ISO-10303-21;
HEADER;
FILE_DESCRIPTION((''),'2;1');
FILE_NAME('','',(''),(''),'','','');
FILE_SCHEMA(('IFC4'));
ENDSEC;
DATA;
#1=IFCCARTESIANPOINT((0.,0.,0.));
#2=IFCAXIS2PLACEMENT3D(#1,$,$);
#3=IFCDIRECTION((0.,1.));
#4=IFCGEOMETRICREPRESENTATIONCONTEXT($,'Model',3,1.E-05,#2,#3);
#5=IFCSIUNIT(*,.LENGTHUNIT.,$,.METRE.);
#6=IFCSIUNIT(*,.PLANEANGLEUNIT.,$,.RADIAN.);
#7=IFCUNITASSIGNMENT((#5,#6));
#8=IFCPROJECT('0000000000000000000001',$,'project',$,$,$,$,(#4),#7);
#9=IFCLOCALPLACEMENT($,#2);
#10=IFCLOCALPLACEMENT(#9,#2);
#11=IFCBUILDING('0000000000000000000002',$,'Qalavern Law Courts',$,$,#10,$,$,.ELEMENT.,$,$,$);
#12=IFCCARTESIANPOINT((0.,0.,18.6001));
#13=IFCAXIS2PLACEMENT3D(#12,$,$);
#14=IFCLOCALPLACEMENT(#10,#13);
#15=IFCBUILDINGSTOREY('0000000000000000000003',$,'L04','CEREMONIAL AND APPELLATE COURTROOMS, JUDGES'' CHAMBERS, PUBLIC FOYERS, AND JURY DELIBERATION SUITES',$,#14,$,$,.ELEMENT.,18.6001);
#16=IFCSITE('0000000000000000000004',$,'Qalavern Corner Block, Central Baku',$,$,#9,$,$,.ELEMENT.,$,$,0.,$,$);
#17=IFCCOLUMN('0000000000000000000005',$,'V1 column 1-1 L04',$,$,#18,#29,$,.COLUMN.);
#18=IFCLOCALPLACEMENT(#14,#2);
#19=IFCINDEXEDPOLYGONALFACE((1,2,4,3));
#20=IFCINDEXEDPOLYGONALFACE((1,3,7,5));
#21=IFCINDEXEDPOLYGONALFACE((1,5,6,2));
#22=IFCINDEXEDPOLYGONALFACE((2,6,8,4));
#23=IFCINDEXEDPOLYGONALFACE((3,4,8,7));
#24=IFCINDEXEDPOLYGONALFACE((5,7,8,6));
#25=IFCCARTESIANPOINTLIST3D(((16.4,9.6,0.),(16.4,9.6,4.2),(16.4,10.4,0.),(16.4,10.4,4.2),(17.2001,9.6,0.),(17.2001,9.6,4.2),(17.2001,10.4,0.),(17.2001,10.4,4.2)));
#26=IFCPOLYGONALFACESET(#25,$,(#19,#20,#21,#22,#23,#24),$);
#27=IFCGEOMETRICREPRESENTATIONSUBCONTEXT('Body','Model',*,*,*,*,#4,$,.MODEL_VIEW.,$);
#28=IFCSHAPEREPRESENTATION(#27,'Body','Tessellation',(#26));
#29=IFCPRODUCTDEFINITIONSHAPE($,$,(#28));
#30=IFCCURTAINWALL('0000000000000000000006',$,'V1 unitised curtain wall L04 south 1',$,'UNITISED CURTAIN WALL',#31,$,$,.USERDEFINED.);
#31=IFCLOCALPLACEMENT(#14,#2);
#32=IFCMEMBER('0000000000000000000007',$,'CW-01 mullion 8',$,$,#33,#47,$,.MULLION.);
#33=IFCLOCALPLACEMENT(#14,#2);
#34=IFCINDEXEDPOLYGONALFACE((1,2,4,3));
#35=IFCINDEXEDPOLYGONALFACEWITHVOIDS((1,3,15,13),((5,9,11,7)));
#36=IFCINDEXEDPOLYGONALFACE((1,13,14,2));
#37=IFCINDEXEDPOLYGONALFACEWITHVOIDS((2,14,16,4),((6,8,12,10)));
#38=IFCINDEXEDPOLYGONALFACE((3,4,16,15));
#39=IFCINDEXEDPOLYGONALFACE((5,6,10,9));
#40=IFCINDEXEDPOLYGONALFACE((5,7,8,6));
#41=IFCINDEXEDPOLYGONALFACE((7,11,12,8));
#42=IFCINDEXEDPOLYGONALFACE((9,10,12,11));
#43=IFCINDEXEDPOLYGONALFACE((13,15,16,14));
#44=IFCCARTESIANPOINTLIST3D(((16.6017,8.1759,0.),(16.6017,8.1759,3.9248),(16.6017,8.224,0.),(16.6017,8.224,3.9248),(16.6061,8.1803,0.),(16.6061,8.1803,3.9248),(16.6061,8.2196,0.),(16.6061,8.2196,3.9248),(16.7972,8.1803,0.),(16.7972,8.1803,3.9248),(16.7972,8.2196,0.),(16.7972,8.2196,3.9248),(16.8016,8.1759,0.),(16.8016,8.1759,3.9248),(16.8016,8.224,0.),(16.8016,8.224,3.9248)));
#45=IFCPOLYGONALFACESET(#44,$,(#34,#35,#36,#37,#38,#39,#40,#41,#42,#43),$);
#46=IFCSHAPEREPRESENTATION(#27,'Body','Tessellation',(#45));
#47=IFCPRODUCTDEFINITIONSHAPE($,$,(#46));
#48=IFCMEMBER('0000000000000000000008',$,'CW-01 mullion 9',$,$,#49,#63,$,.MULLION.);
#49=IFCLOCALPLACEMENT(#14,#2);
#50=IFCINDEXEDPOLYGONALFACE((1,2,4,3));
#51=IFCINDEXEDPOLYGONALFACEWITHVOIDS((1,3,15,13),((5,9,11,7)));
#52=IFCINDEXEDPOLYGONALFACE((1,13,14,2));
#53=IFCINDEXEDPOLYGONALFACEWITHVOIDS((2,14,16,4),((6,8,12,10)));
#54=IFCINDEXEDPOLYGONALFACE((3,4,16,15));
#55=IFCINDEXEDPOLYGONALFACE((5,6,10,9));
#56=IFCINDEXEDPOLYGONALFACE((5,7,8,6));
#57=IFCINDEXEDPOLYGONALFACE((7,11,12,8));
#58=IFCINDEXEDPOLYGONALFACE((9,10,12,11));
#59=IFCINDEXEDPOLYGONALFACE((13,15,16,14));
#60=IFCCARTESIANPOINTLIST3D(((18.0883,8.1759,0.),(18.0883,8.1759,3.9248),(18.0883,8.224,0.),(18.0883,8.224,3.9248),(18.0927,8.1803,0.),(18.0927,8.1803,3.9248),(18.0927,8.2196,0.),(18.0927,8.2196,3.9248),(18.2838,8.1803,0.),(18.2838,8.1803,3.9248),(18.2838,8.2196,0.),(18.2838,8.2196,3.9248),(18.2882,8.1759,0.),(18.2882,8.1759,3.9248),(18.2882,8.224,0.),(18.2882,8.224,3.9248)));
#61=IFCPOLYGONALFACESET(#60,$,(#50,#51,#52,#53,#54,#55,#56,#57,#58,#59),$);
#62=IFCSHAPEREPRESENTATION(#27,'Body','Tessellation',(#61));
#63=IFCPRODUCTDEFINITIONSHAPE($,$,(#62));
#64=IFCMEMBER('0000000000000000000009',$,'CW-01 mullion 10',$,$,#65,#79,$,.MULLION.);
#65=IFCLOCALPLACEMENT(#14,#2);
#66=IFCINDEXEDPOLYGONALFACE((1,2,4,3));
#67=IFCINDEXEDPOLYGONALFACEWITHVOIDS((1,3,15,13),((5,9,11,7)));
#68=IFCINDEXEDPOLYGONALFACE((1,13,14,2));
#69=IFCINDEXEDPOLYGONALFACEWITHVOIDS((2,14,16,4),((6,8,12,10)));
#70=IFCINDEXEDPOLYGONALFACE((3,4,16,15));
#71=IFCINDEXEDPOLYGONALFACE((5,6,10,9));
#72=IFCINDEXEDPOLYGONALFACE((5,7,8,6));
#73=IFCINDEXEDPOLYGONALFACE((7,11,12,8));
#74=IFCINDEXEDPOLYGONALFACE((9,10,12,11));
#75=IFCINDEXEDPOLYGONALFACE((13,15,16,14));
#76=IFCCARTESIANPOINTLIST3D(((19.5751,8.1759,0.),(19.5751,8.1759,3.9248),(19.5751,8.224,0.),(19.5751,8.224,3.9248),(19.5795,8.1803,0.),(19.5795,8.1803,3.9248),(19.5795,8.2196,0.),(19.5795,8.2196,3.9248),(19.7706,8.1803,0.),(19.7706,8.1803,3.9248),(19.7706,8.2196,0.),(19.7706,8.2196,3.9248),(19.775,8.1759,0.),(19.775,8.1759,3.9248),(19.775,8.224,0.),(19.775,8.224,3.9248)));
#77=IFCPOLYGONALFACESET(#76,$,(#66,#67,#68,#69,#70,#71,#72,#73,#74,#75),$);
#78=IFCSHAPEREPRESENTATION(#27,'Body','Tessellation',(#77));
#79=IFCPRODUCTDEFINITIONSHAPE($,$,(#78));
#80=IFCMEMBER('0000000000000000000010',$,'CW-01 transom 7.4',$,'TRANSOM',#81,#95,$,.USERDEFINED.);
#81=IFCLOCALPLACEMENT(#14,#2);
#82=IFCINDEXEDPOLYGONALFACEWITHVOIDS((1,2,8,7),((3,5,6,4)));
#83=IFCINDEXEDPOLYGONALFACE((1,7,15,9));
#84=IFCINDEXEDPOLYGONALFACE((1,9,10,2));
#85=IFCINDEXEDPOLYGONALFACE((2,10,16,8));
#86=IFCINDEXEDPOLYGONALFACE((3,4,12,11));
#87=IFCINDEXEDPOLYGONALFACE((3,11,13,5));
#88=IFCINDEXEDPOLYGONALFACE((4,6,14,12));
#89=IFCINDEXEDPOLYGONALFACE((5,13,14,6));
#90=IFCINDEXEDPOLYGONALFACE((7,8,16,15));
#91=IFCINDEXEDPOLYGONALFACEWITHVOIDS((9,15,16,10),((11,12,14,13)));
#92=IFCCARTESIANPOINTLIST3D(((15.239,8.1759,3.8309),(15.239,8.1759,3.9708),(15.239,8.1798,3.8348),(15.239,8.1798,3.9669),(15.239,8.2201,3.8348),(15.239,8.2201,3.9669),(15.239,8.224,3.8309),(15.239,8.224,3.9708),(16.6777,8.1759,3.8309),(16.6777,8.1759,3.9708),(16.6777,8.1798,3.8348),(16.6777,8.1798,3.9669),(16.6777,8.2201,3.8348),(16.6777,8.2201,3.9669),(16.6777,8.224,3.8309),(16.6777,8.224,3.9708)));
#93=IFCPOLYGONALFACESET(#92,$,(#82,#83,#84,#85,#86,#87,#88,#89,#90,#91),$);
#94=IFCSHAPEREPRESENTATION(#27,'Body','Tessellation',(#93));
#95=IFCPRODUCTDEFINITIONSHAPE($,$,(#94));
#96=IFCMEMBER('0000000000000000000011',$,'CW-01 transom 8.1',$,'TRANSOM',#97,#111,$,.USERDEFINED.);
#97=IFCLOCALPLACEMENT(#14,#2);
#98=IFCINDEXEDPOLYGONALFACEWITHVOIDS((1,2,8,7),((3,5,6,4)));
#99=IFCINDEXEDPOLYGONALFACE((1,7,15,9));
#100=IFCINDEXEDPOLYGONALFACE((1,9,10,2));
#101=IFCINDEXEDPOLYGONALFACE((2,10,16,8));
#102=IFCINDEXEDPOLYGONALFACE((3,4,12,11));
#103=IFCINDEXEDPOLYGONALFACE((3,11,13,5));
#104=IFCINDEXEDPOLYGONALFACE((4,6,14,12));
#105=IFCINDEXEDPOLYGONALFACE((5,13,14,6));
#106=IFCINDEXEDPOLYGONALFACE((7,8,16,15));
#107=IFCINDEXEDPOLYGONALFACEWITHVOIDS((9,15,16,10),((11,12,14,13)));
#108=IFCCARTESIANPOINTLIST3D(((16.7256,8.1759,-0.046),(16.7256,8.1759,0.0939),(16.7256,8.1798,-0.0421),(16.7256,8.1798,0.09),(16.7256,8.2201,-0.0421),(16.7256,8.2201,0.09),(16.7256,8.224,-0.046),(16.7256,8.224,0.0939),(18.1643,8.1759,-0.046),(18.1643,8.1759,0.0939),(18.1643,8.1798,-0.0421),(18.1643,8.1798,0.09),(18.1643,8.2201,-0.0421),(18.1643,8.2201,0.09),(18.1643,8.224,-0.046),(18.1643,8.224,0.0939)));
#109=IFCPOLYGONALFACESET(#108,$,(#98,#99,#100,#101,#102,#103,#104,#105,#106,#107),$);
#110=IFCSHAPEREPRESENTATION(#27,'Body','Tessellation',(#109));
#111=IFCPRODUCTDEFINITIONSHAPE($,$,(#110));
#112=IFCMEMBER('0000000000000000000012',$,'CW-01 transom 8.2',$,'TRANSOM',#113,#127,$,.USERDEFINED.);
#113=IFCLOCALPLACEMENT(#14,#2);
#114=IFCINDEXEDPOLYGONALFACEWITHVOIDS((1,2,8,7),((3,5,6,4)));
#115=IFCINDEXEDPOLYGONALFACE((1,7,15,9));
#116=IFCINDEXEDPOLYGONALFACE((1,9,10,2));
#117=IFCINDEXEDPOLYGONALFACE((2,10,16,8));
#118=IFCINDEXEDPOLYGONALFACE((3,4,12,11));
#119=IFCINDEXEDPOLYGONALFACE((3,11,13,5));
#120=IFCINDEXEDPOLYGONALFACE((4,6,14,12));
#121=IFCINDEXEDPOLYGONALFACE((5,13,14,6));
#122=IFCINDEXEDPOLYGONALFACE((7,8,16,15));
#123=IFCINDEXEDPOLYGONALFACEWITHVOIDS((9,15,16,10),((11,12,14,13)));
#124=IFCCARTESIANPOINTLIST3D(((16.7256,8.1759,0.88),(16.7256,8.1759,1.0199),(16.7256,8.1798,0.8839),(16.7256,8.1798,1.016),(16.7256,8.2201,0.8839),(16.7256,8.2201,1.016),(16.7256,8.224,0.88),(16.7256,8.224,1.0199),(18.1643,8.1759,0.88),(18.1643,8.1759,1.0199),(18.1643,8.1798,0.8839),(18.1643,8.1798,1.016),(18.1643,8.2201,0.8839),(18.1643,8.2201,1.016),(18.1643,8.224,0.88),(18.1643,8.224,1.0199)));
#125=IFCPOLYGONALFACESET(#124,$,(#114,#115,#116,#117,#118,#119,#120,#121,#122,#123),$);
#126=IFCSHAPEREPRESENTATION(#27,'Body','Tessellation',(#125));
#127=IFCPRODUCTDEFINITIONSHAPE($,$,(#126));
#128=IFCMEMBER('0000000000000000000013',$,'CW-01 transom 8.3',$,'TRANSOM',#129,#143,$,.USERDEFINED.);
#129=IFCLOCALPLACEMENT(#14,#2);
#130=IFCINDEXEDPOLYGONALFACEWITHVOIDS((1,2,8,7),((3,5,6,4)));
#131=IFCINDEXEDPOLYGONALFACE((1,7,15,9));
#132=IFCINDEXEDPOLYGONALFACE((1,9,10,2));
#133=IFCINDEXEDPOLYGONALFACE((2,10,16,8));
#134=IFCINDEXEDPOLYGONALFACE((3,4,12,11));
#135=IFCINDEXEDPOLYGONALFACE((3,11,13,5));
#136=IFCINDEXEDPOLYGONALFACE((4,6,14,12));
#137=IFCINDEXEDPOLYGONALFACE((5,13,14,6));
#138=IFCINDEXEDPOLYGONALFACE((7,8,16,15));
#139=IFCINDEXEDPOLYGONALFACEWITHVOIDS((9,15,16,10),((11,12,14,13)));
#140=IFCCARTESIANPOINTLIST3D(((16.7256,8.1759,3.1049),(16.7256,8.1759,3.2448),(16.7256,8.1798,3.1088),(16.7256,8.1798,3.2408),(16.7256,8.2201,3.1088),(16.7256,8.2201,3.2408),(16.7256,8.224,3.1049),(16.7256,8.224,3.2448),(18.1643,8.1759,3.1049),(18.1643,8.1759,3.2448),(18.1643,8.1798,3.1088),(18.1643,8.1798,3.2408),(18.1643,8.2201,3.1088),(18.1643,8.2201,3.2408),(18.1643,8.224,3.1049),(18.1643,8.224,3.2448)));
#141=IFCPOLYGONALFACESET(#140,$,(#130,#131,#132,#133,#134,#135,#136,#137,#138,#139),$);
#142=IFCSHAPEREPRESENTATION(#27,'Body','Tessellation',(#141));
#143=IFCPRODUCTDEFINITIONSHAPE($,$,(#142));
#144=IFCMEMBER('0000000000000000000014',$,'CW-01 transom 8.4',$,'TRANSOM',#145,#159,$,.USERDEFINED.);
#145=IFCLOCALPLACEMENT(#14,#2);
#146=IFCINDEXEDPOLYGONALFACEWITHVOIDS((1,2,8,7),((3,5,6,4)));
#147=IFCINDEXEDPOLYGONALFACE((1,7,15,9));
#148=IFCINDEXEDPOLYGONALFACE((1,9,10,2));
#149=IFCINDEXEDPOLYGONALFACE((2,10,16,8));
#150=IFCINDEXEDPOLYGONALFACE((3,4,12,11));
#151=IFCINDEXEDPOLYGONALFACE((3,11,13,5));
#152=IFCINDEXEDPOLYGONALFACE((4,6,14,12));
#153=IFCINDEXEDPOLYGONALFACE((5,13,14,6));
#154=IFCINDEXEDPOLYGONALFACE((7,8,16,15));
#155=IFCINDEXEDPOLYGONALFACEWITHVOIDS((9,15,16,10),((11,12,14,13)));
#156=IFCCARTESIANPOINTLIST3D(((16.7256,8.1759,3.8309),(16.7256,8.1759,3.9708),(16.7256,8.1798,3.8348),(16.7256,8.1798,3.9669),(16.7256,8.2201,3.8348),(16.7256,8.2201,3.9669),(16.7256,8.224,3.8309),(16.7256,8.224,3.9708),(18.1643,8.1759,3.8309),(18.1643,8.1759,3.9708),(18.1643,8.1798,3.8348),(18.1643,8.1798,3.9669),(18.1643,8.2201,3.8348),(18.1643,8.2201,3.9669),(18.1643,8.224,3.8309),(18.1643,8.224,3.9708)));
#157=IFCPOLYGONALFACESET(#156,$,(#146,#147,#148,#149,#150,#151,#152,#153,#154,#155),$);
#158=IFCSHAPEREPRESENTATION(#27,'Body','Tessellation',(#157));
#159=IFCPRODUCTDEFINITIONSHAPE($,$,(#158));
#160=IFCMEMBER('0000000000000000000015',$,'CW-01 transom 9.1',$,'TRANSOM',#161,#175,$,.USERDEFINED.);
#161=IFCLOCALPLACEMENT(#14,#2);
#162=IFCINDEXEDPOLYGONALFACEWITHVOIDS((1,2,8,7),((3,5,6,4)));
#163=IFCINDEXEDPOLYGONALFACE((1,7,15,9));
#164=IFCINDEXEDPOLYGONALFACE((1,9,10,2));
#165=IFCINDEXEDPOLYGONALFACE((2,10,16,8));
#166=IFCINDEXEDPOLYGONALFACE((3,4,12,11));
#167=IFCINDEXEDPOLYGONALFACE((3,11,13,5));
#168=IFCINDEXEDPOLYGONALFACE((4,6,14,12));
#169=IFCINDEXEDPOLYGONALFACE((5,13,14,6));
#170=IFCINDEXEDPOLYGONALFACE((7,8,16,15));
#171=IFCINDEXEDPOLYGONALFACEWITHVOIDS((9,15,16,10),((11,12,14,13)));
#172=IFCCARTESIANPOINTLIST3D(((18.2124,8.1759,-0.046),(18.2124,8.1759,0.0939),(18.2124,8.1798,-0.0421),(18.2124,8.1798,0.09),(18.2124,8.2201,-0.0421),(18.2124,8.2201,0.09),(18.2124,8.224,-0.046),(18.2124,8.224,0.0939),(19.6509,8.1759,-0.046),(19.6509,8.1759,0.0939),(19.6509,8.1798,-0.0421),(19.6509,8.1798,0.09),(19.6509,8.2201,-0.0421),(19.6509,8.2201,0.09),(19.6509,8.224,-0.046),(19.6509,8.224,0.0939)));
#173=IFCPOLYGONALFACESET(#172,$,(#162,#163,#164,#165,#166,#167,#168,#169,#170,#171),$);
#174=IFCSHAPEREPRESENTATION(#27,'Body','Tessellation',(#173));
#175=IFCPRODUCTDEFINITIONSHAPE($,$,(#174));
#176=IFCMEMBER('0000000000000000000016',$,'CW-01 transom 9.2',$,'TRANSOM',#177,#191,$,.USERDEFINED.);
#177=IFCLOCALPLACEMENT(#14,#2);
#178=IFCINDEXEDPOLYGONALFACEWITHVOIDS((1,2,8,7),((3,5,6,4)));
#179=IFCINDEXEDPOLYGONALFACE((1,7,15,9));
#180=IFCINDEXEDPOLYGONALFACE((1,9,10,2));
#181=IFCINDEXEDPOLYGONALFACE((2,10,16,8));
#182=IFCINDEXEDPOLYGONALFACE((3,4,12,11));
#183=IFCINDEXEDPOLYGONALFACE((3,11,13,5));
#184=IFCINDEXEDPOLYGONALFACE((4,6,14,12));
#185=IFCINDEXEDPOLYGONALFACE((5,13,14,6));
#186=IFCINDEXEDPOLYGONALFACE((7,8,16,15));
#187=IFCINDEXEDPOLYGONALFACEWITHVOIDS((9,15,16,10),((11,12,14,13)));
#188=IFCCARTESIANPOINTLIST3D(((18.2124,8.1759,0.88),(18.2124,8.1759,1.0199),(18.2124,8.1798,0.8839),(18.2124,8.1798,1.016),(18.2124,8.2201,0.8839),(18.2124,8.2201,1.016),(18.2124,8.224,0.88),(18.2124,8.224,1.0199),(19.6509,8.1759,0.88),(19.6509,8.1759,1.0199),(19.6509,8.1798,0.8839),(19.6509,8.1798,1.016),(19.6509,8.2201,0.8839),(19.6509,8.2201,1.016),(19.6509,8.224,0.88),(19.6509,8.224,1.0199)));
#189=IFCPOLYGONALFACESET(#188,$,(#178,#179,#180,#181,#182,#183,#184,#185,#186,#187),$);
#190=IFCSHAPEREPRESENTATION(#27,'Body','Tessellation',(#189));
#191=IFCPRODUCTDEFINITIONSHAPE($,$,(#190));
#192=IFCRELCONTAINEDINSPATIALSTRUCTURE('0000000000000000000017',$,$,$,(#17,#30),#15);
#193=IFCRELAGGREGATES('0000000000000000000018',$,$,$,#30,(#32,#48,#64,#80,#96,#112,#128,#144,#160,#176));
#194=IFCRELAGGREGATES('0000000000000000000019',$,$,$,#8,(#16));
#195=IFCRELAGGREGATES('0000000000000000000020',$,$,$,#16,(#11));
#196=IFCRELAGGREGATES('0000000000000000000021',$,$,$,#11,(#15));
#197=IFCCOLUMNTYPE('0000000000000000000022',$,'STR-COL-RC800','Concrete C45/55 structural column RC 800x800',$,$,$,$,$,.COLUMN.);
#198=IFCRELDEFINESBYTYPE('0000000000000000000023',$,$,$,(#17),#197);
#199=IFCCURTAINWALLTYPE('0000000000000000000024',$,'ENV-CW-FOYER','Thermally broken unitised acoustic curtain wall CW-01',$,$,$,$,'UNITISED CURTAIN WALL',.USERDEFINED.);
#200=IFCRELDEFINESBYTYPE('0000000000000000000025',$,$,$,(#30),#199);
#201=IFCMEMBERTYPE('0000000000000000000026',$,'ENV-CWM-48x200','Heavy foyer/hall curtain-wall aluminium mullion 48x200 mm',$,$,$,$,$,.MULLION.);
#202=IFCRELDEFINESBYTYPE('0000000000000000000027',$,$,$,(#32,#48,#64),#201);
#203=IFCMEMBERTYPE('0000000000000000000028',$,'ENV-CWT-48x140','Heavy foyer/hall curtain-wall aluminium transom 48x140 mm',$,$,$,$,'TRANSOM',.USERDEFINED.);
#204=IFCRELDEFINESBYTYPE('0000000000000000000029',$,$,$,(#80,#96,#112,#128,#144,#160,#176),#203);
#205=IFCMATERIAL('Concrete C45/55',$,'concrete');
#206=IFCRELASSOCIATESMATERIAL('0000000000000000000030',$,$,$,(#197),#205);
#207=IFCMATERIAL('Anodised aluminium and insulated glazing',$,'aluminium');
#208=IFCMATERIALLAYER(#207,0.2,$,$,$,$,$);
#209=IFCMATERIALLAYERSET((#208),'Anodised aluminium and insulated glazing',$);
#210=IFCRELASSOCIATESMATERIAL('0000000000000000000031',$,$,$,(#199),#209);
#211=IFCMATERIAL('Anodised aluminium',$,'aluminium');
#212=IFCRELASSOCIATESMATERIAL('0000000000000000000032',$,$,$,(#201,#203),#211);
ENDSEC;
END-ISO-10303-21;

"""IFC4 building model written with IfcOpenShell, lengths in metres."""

from ifc_helpers import new_model, si_unit, direction, frame, origin, origin_2d, place, context, subcontext, project, spatial, rectangle, hollow_rectangle, extrude, material, layer, layer_set, material_profile, profile_set, type_object, element, aggregate, save


model = new_model("IFC4")

# Units and contexts
model_context = context("Model", 3, precision=1e-05, world=origin(), true_north=direction((0.0, 1.0)))
body_context = subcontext(model_context, "Body", "Model", "MODEL_VIEW")
ifc_project = project(units=[si_unit("LENGTHUNIT", "METRE"), si_unit("PLANEANGLEUNIT", "RADIAN")], contexts=[model_context])

# Site, building, storey
site_placement = place(None, origin())
site = spatial("IfcSite", under=ifc_project, at=site_placement, Name="Qalavern Corner Block, Central Baku", CompositionType="ELEMENT", RefElevation=0.0)
building_placement = place(site_placement, origin())
building = spatial("IfcBuilding", under=site, at=building_placement, Name="Qalavern Law Courts", CompositionType="ELEMENT")
storey_placement = place(building_placement, frame((0.0, 0.0, 18.6001)))
storey = spatial("IfcBuildingStorey", under=building, at=storey_placement, Name="L04", Description="CEREMONIAL AND APPELLATE COURTROOMS, JUDGES' CHAMBERS, PUBLIC FOYERS, AND JURY DELIBERATION SUITES", CompositionType="ELEMENT", Elevation=18.6001)

# Column
ifc_material_1 = material(Name="Concrete C45/55", Category="concrete")
ifc_material_profile_1 = material_profile(ifc_material_1, rectangle(XDim=0.8, YDim=0.8, at=origin_2d()), Name="RC 800x800")
ifc_profile_set_1 = profile_set([ifc_material_profile_1], Name="Concrete C45/55")
column_type = type_object("IfcColumnType", Name="STR-COL-RC800", Description="Concrete C45/55 structural column RC 800x800", PredefinedType="COLUMN", material=ifc_profile_set_1)
column_placement = place(storey_placement, frame((16.8, 10.0, 0.0), z_axis=(0.0, 0.0, 1.0), x_axis=(1.0, 0.0, 0.0)))
element("IfcColumn", 1, at=column_placement, inside=storey, type_object=column_type, Name="V1 column 1-1 L04", PredefinedType="COLUMN", context=body_context, shape_type="SweptSolid", body=[
    extrude(rectangle(XDim=0.8, YDim=0.8, at=origin_2d()), origin(), (0.0, 0.0, 1.0), 4.2),
])

# Curtain wall, members
ifc_material_2 = material(Name="Anodised aluminium and insulated glazing", Category="aluminium")
ifc_layer_1 = layer(ifc_material_2, 0.2)
ifc_layer_set_1 = layer_set([ifc_layer_1], Name="Anodised aluminium and insulated glazing")
curtain_wall_type = type_object("IfcCurtainWallType", Name="ENV-CW-FOYER", Description="Thermally broken unitised acoustic curtain wall CW-01", ElementType="UNITISED CURTAIN WALL", PredefinedType="USERDEFINED", material=ifc_layer_set_1)
curtain_wall_placement = place(storey_placement, origin())
curtain_wall = element("IfcCurtainWall", 2, at=curtain_wall_placement, inside=storey, type_object=curtain_wall_type, Name="V1 unitised curtain wall L04 south 1", ObjectType="UNITISED CURTAIN WALL", PredefinedType="USERDEFINED")
ifc_material_3 = material(Name="Anodised aluminium", Category="aluminium")
ifc_material_profile_2 = material_profile(ifc_material_3, hollow_rectangle(XDim=0.0481, YDim=0.2, WallThickness=0.0044, at=origin_2d()), Name="ALU MULLION 48x200")
ifc_profile_set_2 = profile_set([ifc_material_profile_2], Name="Anodised aluminium")
member_type_1 = type_object("IfcMemberType", Name="ENV-CWM-48x200", Description="Heavy foyer/hall curtain-wall aluminium mullion 48x200 mm", PredefinedType="MULLION", material=ifc_profile_set_2)
member_1_placement = place(storey_placement, frame((16.7017, 8.2, 0.0), z_axis=(0.0, 0.0, 1.0), x_axis=(0.0, 1.0, 0.0)))
member_1 = element("IfcMember", 3, at=member_1_placement, type_object=member_type_1, Name="CW-01 mullion 8", PredefinedType="MULLION", context=body_context, shape_type="SweptSolid", body=[
    extrude(hollow_rectangle(XDim=0.0481, YDim=0.2, WallThickness=0.0044, at=origin_2d()), origin(), (0.0, 0.0, 1.0), 3.9248),
])
member_2_placement = place(storey_placement, frame((18.1882, 8.2, 0.0), z_axis=(0.0, 0.0, 1.0), x_axis=(0.0, 1.0, 0.0)))
member_2 = element("IfcMember", 4, at=member_2_placement, type_object=member_type_1, Name="CW-01 mullion 9", PredefinedType="MULLION", context=body_context, shape_type="SweptSolid", body=[
    extrude(hollow_rectangle(XDim=0.0481, YDim=0.2, WallThickness=0.0044, at=origin_2d()), origin(), (0.0, 0.0, 1.0), 3.9248),
])
member_3_placement = place(storey_placement, frame((19.675, 8.2, 0.0), z_axis=(0.0, 0.0, 1.0), x_axis=(0.0, 1.0, 0.0)))
member_3 = element("IfcMember", 5, at=member_3_placement, type_object=member_type_1, Name="CW-01 mullion 10", PredefinedType="MULLION", context=body_context, shape_type="SweptSolid", body=[
    extrude(hollow_rectangle(XDim=0.0481, YDim=0.2, WallThickness=0.0044, at=origin_2d()), origin(), (0.0, 0.0, 1.0), 3.9248),
])
ifc_material_profile_3 = material_profile(ifc_material_3, hollow_rectangle(XDim=0.0481, YDim=0.1399, WallThickness=0.0039, at=origin_2d()), Name="ALU TRANSOM 48x140")
ifc_profile_set_3 = profile_set([ifc_material_profile_3], Name="Anodised aluminium")
member_type_2 = type_object("IfcMemberType", Name="ENV-CWT-48x140", Description="Heavy foyer/hall curtain-wall aluminium transom 48x140 mm", ElementType="TRANSOM", PredefinedType="USERDEFINED", material=ifc_profile_set_3)
member_4_placement = place(storey_placement, frame((15.239, 8.2, 3.9009), z_axis=(1.0, 0.0, 0.0), x_axis=(0.0, 1.0, 0.0)))
member_4 = element("IfcMember", 6, at=member_4_placement, type_object=member_type_2, Name="CW-01 transom 7.4", ObjectType="TRANSOM", PredefinedType="USERDEFINED", context=body_context, shape_type="SweptSolid", body=[
    extrude(hollow_rectangle(XDim=0.0481, YDim=0.1399, WallThickness=0.0039, at=origin_2d()), origin(), (0.0, 0.0, 1.0), 1.4387),
])
member_5_placement = place(storey_placement, frame((16.7256, 8.2, 0.0239), z_axis=(1.0, 0.0, 0.0), x_axis=(0.0, 1.0, 0.0)))
member_5 = element("IfcMember", 7, at=member_5_placement, type_object=member_type_2, Name="CW-01 transom 8.1", ObjectType="TRANSOM", PredefinedType="USERDEFINED", context=body_context, shape_type="SweptSolid", body=[
    extrude(hollow_rectangle(XDim=0.0481, YDim=0.1399, WallThickness=0.0039, at=origin_2d()), origin(), (0.0, 0.0, 1.0), 1.4387),
])
member_6_placement = place(storey_placement, frame((16.7256, 8.2, 0.95), z_axis=(1.0, 0.0, 0.0), x_axis=(0.0, 1.0, 0.0)))
member_6 = element("IfcMember", 8, at=member_6_placement, type_object=member_type_2, Name="CW-01 transom 8.2", ObjectType="TRANSOM", PredefinedType="USERDEFINED", context=body_context, shape_type="SweptSolid", body=[
    extrude(hollow_rectangle(XDim=0.0481, YDim=0.1399, WallThickness=0.0039, at=origin_2d()), origin(), (0.0, 0.0, 1.0), 1.4387),
])
member_7_placement = place(storey_placement, frame((16.7256, 8.2, 3.1748), z_axis=(1.0, 0.0, 0.0), x_axis=(0.0, 1.0, 0.0)))
member_7 = element("IfcMember", 9, at=member_7_placement, type_object=member_type_2, Name="CW-01 transom 8.3", ObjectType="TRANSOM", PredefinedType="USERDEFINED", context=body_context, shape_type="SweptSolid", body=[
    extrude(hollow_rectangle(XDim=0.0481, YDim=0.1399, WallThickness=0.0039, at=origin_2d()), origin(), (0.0, 0.0, 1.0), 1.4387),
])
member_8_placement = place(storey_placement, frame((16.7256, 8.2, 3.9009), z_axis=(1.0, 0.0, 0.0), x_axis=(0.0, 1.0, 0.0)))
member_8 = element("IfcMember", 10, at=member_8_placement, type_object=member_type_2, Name="CW-01 transom 8.4", ObjectType="TRANSOM", PredefinedType="USERDEFINED", context=body_context, shape_type="SweptSolid", body=[
    extrude(hollow_rectangle(XDim=0.0481, YDim=0.1399, WallThickness=0.0039, at=origin_2d()), origin(), (0.0, 0.0, 1.0), 1.4387),
])
member_9_placement = place(storey_placement, frame((18.2124, 8.2, 0.0239), z_axis=(1.0, 0.0, 0.0), x_axis=(0.0, 1.0, 0.0)))
member_9 = element("IfcMember", 11, at=member_9_placement, type_object=member_type_2, Name="CW-01 transom 9.1", ObjectType="TRANSOM", PredefinedType="USERDEFINED", context=body_context, shape_type="SweptSolid", body=[
    extrude(hollow_rectangle(XDim=0.0481, YDim=0.1399, WallThickness=0.0039, at=origin_2d()), origin(), (0.0, 0.0, 1.0), 1.4385),
])
member_10_placement = place(storey_placement, frame((18.2124, 8.2, 0.95), z_axis=(1.0, 0.0, 0.0), x_axis=(0.0, 1.0, 0.0)))
member_10 = element("IfcMember", 12, at=member_10_placement, type_object=member_type_2, Name="CW-01 transom 9.2", ObjectType="TRANSOM", PredefinedType="USERDEFINED", context=body_context, shape_type="SweptSolid", body=[
    extrude(hollow_rectangle(XDim=0.0481, YDim=0.1399, WallThickness=0.0039, at=origin_2d()), origin(), (0.0, 0.0, 1.0), 1.4385),
])

aggregate(curtain_wall, [member_1, member_2, member_3, member_4, member_5, member_6, member_7, member_8, member_9, member_10])

save(model, "model.ifc")
